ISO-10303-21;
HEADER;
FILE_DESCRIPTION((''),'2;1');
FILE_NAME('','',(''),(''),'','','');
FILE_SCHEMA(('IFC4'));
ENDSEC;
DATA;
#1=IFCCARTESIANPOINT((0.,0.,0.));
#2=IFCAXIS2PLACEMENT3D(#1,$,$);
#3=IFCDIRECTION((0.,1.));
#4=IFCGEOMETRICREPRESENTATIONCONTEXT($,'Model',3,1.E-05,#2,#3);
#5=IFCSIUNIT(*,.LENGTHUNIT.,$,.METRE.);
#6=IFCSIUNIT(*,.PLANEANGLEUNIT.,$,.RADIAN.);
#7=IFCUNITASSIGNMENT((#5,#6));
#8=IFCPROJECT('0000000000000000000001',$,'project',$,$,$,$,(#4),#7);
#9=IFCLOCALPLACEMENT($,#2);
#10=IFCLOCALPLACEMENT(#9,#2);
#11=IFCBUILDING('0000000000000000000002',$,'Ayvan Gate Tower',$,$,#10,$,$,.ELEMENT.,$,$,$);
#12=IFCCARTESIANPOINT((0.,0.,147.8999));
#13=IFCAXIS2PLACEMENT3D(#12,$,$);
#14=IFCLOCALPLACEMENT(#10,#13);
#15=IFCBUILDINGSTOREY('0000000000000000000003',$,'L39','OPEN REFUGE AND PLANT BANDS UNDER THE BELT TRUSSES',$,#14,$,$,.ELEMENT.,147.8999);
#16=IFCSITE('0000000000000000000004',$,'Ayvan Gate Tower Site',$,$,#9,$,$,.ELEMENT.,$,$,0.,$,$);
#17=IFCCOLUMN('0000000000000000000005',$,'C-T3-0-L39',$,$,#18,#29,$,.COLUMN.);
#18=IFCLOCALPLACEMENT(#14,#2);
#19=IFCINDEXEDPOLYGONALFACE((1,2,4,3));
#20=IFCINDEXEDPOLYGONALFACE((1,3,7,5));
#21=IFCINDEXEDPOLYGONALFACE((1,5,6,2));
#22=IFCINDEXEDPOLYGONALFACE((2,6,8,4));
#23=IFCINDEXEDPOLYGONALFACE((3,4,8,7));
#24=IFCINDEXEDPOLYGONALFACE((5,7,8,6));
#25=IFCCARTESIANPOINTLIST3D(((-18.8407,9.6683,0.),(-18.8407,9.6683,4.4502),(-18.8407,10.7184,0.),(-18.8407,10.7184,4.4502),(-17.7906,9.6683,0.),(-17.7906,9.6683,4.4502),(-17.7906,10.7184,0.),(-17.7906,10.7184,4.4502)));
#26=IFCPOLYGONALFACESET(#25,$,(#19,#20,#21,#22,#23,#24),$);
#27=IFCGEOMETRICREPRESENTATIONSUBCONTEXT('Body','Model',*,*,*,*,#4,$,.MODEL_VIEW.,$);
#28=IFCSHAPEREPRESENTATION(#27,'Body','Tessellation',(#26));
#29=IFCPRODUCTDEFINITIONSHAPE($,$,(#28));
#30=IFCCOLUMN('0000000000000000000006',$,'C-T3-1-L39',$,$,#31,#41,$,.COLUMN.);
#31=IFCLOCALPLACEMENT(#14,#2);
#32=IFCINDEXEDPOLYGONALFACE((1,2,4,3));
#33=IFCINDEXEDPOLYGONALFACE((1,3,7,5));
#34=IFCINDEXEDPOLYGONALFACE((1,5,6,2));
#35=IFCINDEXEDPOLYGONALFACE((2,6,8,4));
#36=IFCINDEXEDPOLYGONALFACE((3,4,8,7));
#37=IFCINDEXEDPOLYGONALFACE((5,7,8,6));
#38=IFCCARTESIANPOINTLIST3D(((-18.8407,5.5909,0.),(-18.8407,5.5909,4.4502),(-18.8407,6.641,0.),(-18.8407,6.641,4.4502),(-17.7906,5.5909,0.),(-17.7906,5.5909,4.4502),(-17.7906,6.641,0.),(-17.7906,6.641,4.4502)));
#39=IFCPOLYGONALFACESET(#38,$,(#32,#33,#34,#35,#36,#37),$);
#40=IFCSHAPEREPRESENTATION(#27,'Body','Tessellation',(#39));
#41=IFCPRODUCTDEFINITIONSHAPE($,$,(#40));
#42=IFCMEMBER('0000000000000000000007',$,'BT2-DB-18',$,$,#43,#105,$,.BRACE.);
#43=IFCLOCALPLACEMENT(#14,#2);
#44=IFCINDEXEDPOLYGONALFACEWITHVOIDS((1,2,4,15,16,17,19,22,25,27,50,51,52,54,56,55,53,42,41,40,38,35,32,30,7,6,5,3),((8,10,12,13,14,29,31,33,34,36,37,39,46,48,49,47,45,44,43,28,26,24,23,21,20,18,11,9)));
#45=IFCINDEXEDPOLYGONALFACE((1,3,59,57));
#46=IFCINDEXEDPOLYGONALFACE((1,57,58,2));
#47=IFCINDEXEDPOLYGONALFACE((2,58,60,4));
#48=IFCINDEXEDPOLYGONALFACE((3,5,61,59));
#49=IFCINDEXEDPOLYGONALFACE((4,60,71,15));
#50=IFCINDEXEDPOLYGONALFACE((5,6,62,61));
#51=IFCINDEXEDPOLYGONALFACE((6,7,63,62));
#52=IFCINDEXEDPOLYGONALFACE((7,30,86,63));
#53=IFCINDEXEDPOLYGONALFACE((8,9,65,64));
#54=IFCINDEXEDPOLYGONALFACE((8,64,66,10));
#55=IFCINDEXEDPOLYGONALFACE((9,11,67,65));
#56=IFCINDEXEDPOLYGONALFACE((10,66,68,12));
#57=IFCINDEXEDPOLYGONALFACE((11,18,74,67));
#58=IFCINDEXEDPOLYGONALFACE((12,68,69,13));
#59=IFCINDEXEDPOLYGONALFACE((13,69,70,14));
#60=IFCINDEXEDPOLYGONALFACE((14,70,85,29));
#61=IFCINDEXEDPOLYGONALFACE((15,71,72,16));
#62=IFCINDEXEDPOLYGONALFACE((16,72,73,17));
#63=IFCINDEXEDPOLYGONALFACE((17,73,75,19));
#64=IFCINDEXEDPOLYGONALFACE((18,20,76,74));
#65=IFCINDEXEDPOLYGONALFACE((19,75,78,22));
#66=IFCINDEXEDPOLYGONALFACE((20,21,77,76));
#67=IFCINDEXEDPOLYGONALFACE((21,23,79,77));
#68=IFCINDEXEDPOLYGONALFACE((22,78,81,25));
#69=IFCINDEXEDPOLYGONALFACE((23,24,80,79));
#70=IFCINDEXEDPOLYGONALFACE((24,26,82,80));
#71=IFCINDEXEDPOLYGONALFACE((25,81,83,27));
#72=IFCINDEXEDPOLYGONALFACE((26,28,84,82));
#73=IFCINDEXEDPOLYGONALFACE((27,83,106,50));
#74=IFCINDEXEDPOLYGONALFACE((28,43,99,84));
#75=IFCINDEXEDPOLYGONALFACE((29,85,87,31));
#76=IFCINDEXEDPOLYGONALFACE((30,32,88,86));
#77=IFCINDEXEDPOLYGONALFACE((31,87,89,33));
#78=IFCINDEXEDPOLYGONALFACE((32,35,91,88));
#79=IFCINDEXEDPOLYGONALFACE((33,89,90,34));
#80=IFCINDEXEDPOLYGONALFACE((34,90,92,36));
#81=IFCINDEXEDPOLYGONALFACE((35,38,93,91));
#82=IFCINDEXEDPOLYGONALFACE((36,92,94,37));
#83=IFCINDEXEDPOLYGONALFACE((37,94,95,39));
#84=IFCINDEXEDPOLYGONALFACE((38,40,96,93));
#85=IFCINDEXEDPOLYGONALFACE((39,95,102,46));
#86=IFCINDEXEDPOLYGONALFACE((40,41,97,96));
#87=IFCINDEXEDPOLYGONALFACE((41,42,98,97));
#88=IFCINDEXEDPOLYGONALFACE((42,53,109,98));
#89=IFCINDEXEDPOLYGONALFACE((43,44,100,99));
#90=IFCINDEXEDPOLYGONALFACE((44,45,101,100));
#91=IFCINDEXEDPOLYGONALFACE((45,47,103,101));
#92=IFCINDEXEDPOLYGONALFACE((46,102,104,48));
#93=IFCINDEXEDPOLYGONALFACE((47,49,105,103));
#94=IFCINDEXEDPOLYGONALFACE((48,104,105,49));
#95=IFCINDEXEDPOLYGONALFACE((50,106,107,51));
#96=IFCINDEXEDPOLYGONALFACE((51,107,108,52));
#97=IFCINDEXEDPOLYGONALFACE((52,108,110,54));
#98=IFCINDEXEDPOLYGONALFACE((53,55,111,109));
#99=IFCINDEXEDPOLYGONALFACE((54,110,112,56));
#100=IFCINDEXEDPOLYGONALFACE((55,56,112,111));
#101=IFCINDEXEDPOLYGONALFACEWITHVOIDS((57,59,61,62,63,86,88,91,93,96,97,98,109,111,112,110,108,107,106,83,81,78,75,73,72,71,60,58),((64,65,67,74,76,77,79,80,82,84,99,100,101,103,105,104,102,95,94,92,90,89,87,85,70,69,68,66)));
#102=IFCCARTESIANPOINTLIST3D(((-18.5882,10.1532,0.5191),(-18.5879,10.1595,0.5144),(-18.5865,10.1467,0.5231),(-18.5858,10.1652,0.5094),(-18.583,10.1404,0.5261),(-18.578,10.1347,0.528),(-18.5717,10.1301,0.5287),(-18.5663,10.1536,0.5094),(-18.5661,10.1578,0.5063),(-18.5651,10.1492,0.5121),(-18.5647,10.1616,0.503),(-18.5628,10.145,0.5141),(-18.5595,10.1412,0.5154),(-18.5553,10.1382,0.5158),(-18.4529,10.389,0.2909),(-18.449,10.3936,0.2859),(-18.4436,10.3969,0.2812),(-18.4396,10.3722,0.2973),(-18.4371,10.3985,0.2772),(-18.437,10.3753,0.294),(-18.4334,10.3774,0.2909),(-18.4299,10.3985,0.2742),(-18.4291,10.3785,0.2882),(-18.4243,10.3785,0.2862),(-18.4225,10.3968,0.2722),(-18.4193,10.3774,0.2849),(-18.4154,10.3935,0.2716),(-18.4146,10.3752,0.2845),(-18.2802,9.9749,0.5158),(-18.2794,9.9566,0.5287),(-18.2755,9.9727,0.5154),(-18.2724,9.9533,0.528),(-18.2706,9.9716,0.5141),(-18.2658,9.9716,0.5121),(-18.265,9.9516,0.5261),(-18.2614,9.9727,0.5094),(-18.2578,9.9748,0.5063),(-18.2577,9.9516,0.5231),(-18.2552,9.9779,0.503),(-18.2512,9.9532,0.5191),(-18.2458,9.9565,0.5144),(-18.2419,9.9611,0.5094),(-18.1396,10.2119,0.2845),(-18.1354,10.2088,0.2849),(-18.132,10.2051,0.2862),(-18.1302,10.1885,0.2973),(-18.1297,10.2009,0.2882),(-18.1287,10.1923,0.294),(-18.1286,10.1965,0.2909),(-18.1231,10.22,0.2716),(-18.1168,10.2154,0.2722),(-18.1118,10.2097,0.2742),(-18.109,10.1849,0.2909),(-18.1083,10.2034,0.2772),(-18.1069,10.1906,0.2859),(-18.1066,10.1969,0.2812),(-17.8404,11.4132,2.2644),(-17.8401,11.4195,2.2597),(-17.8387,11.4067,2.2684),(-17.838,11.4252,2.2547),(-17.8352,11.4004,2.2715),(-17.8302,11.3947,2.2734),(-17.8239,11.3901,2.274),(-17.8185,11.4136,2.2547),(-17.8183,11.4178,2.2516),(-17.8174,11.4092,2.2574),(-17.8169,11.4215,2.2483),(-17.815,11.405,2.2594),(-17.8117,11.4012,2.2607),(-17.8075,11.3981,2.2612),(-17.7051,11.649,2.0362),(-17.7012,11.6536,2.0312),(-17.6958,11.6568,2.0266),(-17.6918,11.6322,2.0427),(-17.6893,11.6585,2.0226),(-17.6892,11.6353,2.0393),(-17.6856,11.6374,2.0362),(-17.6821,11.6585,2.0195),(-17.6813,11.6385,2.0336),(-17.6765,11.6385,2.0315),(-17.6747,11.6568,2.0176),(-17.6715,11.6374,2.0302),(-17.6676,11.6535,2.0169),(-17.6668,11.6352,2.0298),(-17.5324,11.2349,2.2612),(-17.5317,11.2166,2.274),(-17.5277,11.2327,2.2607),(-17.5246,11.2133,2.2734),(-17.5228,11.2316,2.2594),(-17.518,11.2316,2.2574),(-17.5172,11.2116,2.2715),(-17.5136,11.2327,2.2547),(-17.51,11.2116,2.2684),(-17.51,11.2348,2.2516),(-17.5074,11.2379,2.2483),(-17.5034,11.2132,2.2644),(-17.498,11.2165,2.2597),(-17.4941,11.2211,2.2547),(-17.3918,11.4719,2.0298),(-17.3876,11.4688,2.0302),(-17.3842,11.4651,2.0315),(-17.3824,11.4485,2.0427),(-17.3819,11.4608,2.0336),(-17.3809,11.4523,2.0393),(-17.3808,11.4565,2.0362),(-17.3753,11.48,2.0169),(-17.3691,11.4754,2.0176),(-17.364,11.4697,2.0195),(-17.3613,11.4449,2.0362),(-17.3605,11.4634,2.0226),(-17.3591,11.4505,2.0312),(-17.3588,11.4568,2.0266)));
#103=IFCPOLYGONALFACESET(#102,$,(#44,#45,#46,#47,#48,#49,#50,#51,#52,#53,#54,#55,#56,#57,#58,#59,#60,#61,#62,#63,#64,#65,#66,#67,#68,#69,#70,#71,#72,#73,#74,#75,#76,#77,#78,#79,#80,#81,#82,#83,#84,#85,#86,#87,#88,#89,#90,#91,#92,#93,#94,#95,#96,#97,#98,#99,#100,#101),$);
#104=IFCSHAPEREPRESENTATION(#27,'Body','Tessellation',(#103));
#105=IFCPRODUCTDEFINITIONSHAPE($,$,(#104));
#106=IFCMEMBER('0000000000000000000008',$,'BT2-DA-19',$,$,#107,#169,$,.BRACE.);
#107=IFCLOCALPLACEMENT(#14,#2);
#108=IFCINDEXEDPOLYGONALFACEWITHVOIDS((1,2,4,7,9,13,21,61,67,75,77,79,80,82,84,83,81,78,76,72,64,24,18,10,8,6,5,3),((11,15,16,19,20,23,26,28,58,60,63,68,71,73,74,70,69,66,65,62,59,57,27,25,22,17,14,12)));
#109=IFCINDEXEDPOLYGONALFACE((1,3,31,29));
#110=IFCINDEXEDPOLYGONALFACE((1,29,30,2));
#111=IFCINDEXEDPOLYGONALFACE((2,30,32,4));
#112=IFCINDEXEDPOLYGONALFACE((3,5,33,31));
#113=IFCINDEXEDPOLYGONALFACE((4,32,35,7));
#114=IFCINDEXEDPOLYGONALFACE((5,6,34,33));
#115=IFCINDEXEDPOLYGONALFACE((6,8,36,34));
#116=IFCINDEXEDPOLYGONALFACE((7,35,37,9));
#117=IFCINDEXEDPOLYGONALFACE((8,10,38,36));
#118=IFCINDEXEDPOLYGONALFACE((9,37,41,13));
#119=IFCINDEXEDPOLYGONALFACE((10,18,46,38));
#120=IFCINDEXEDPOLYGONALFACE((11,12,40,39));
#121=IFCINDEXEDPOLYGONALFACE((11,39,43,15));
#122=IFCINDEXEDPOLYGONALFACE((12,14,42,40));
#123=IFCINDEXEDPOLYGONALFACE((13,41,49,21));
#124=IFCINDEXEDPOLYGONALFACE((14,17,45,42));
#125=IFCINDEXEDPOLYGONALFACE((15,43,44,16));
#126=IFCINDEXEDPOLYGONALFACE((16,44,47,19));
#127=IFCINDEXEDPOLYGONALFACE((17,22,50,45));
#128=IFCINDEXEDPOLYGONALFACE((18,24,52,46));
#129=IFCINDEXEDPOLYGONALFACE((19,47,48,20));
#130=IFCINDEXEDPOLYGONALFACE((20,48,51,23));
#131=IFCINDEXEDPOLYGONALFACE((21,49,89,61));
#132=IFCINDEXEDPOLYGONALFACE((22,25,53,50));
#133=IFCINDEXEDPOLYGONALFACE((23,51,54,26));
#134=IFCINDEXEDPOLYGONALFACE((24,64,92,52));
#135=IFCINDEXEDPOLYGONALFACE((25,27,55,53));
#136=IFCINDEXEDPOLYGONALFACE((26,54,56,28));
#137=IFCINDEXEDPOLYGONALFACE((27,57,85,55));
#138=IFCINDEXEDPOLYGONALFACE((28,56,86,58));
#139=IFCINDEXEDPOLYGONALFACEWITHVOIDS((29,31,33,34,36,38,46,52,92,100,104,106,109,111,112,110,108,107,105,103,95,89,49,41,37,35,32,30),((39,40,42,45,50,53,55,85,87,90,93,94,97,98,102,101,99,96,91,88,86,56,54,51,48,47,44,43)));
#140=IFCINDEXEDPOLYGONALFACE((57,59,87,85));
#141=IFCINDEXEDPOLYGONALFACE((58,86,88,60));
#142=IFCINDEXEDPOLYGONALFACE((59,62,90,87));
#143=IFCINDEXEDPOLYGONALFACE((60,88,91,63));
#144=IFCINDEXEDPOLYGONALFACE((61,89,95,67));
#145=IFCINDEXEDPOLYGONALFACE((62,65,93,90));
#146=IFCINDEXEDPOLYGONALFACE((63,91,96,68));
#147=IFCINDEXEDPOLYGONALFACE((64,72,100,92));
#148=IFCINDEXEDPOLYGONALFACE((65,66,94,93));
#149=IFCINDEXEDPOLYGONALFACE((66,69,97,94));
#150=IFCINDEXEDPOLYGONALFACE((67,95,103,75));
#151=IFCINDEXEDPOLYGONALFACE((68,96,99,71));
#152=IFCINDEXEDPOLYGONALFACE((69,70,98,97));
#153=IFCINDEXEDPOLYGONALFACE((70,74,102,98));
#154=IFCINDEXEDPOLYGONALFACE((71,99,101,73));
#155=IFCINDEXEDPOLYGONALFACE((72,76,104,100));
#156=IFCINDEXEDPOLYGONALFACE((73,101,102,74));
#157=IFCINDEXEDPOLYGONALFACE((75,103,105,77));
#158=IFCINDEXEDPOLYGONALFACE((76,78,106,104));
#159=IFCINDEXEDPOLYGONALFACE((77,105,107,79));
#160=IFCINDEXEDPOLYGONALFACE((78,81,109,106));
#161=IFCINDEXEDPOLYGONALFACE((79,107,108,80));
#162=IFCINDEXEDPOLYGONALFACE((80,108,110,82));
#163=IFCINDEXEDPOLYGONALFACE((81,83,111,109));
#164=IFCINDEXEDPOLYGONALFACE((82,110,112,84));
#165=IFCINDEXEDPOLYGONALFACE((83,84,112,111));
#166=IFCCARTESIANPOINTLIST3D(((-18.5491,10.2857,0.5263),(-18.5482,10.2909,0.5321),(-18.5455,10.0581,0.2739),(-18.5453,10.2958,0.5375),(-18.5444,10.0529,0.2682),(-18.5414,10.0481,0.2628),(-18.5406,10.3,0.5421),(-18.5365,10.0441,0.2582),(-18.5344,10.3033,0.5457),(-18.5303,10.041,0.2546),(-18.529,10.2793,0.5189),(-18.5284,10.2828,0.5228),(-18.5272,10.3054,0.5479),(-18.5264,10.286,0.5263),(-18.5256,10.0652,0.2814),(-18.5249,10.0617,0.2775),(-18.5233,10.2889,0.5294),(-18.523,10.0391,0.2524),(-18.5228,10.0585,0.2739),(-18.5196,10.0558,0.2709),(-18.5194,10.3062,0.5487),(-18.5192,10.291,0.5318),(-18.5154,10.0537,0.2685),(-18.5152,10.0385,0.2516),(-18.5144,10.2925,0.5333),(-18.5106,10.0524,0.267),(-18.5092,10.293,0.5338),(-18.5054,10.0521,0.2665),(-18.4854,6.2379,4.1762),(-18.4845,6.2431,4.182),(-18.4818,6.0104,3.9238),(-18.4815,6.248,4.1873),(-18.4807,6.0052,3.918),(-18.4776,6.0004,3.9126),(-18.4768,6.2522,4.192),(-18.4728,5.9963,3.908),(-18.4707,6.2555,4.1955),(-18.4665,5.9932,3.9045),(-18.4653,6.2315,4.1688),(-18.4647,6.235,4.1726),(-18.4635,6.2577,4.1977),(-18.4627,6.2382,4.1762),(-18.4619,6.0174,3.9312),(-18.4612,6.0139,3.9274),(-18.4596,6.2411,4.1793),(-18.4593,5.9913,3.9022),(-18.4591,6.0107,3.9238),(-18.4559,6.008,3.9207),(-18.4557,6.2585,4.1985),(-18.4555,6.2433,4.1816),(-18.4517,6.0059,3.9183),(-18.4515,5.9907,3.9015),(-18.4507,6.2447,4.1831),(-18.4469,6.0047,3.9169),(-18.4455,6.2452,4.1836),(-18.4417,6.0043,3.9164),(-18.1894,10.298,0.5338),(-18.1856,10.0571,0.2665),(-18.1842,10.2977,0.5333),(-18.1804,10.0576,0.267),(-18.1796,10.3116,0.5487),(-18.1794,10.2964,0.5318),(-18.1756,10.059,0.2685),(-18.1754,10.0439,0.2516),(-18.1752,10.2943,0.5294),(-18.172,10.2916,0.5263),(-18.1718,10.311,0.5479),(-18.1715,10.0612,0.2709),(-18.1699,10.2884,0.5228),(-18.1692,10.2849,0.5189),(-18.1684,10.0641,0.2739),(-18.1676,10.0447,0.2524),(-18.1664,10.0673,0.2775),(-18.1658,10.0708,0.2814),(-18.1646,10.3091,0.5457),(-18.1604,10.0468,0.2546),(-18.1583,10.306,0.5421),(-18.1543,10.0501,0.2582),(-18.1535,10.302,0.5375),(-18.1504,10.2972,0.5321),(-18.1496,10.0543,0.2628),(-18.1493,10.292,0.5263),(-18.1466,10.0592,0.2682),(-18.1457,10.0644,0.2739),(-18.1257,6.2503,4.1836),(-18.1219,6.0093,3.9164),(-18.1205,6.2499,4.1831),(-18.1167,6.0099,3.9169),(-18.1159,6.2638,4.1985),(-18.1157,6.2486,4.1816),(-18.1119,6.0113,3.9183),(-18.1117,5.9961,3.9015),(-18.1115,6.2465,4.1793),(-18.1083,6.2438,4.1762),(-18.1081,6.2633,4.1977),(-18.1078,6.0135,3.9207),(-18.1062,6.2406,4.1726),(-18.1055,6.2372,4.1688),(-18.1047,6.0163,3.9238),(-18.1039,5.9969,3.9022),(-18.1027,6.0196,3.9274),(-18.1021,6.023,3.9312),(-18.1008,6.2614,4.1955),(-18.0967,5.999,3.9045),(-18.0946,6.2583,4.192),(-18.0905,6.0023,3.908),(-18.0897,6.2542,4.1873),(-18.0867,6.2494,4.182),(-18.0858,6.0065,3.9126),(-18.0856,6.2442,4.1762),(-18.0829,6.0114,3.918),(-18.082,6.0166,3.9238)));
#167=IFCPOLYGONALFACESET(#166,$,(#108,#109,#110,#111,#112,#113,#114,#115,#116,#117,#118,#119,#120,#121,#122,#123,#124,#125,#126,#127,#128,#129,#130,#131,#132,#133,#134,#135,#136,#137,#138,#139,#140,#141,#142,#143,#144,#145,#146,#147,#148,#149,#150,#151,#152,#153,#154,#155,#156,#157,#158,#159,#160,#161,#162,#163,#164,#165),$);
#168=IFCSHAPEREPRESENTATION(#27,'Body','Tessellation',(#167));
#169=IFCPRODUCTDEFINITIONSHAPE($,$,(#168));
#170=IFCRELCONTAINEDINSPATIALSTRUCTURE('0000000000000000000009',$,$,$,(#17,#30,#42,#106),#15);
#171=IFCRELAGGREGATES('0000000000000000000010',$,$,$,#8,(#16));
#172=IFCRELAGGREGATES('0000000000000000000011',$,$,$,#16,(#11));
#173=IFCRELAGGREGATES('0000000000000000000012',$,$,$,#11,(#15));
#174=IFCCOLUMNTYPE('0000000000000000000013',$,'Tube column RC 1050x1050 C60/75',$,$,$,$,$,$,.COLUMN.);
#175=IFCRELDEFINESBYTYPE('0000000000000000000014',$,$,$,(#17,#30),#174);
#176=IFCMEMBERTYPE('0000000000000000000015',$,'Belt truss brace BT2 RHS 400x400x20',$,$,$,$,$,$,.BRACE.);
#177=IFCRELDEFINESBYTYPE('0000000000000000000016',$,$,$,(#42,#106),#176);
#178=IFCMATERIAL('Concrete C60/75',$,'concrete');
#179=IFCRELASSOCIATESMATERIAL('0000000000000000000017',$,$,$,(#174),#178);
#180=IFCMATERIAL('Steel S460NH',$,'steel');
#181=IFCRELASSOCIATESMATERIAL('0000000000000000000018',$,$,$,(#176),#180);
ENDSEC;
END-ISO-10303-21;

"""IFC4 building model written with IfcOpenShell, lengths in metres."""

from ifc_helpers import new_model, si_unit, direction, frame, origin, origin_2d, place, context, subcontext, project, spatial, rectangle, hollow_rectangle, extrude, material, material_profile, profile_set, type_object, element, save


model = new_model("IFC4")

# Units and contexts
model_context = context("Model", 3, precision=1e-05, world=origin(), true_north=direction((0.0, 1.0)))
body_context = subcontext(model_context, "Body", "Model", "MODEL_VIEW")
ifc_project = project(units=[si_unit("LENGTHUNIT", "METRE"), si_unit("PLANEANGLEUNIT", "RADIAN")], contexts=[model_context])

# Site, building, storey
site_placement = place(None, origin())
site = spatial("IfcSite", under=ifc_project, at=site_placement, Name="Ayvan Gate Tower Site", CompositionType="ELEMENT", RefElevation=0.0)
building_placement = place(site_placement, origin())
building = spatial("IfcBuilding", under=site, at=building_placement, Name="Ayvan Gate Tower", CompositionType="ELEMENT")
storey_placement = place(building_placement, frame((0.0, 0.0, 147.8999)))
storey = spatial("IfcBuildingStorey", under=building, at=storey_placement, Name="L39", Description="OPEN REFUGE AND PLANT BANDS UNDER THE BELT TRUSSES", CompositionType="ELEMENT", Elevation=147.8999)

# Columns
ifc_material_1 = material(Name="Concrete C60/75", Category="concrete")
ifc_material_profile_1 = material_profile(ifc_material_1, rectangle(XDim=1.05, YDim=1.05, at=origin_2d()), Name="RC 1050x1050")
ifc_profile_set_1 = profile_set([ifc_material_profile_1], Name="Concrete C60/75")
column_type = type_object("IfcColumnType", Name="Tube column RC 1050x1050 C60/75", PredefinedType="COLUMN", material=ifc_profile_set_1)
for number, where, z_axis, x_axis, name in (
    (1, (-18.3157, 10.1934, 0.0), (0.0, 0.0, 1.0), (-1.0, 0.0, 0.0), "C-T3-0-L39"),
    (2, (-18.3157, 6.116, 0.0), (0.0, 0.0, 1.0), (-1.0, 0.0, 0.0), "C-T3-1-L39"),
):
    element("IfcColumn", number, at=place(storey_placement, frame(where, z_axis=z_axis, x_axis=x_axis)), inside=storey, type_object=column_type, Name=name, PredefinedType="COLUMN", context=body_context, shape_type="SweptSolid", body=[
        extrude(rectangle(XDim=1.05, YDim=1.05, at=origin_2d()), origin(), (0.0, 0.0, 1.0), 4.4502),
    ])

# Members
ifc_material_2 = material(Name="Steel S460NH", Category="steel")
ifc_material_profile_2 = material_profile(ifc_material_2, hollow_rectangle(XDim=0.3999, YDim=0.3999, WallThickness=0.02, InnerFilletRadius=0.02, OuterFilletRadius=0.03, at=origin_2d()), Name="RHS 400x400x20")
ifc_profile_set_2 = profile_set([ifc_material_profile_2], Name="Steel S460NH")
member_type_1 = type_object("IfcMemberType", Name="Belt truss brace BT2 RHS 400x400x20", PredefinedType="BRACE", material=ifc_profile_set_2)
member_1_placement = place(storey_placement, frame((-18.3474, 10.175, 0.4001), z_axis=(0.32815, 0.552917, 0.765898), x_axis=(-0.859953, 0.510373, 0.0)))
element("IfcMember", 3, at=member_1_placement, inside=storey, type_object=member_type_1, Name="BT2-DB-18", PredefinedType="BRACE", context=body_context, shape_type="SweptSolid", body=[
    extrude(hollow_rectangle(XDim=0.3999, YDim=0.3999, WallThickness=0.02, InnerFilletRadius=0.02, OuterFilletRadius=0.03, at=origin_2d()), origin(), (0.0, 0.0, 1.0), 2.2788),
])
member_2_placement = place(storey_placement, frame((-18.3474, 10.175, 0.4001), z_axis=(0.01169, -0.742619, 0.669612), x_axis=(0.999876, 0.01574, 0.0)))
element("IfcMember", 4, at=member_2_placement, inside=storey, type_object=member_type_1, Name="BT2-DA-19", PredefinedType="BRACE", context=body_context, shape_type="SweptSolid", body=[
    extrude(hollow_rectangle(XDim=0.3999, YDim=0.3999, WallThickness=0.02, InnerFilletRadius=0.02, OuterFilletRadius=0.03, at=origin_2d()), origin(), (0.0, 0.0, 1.0), 5.4507),
])

save(model, "model.ifc")
